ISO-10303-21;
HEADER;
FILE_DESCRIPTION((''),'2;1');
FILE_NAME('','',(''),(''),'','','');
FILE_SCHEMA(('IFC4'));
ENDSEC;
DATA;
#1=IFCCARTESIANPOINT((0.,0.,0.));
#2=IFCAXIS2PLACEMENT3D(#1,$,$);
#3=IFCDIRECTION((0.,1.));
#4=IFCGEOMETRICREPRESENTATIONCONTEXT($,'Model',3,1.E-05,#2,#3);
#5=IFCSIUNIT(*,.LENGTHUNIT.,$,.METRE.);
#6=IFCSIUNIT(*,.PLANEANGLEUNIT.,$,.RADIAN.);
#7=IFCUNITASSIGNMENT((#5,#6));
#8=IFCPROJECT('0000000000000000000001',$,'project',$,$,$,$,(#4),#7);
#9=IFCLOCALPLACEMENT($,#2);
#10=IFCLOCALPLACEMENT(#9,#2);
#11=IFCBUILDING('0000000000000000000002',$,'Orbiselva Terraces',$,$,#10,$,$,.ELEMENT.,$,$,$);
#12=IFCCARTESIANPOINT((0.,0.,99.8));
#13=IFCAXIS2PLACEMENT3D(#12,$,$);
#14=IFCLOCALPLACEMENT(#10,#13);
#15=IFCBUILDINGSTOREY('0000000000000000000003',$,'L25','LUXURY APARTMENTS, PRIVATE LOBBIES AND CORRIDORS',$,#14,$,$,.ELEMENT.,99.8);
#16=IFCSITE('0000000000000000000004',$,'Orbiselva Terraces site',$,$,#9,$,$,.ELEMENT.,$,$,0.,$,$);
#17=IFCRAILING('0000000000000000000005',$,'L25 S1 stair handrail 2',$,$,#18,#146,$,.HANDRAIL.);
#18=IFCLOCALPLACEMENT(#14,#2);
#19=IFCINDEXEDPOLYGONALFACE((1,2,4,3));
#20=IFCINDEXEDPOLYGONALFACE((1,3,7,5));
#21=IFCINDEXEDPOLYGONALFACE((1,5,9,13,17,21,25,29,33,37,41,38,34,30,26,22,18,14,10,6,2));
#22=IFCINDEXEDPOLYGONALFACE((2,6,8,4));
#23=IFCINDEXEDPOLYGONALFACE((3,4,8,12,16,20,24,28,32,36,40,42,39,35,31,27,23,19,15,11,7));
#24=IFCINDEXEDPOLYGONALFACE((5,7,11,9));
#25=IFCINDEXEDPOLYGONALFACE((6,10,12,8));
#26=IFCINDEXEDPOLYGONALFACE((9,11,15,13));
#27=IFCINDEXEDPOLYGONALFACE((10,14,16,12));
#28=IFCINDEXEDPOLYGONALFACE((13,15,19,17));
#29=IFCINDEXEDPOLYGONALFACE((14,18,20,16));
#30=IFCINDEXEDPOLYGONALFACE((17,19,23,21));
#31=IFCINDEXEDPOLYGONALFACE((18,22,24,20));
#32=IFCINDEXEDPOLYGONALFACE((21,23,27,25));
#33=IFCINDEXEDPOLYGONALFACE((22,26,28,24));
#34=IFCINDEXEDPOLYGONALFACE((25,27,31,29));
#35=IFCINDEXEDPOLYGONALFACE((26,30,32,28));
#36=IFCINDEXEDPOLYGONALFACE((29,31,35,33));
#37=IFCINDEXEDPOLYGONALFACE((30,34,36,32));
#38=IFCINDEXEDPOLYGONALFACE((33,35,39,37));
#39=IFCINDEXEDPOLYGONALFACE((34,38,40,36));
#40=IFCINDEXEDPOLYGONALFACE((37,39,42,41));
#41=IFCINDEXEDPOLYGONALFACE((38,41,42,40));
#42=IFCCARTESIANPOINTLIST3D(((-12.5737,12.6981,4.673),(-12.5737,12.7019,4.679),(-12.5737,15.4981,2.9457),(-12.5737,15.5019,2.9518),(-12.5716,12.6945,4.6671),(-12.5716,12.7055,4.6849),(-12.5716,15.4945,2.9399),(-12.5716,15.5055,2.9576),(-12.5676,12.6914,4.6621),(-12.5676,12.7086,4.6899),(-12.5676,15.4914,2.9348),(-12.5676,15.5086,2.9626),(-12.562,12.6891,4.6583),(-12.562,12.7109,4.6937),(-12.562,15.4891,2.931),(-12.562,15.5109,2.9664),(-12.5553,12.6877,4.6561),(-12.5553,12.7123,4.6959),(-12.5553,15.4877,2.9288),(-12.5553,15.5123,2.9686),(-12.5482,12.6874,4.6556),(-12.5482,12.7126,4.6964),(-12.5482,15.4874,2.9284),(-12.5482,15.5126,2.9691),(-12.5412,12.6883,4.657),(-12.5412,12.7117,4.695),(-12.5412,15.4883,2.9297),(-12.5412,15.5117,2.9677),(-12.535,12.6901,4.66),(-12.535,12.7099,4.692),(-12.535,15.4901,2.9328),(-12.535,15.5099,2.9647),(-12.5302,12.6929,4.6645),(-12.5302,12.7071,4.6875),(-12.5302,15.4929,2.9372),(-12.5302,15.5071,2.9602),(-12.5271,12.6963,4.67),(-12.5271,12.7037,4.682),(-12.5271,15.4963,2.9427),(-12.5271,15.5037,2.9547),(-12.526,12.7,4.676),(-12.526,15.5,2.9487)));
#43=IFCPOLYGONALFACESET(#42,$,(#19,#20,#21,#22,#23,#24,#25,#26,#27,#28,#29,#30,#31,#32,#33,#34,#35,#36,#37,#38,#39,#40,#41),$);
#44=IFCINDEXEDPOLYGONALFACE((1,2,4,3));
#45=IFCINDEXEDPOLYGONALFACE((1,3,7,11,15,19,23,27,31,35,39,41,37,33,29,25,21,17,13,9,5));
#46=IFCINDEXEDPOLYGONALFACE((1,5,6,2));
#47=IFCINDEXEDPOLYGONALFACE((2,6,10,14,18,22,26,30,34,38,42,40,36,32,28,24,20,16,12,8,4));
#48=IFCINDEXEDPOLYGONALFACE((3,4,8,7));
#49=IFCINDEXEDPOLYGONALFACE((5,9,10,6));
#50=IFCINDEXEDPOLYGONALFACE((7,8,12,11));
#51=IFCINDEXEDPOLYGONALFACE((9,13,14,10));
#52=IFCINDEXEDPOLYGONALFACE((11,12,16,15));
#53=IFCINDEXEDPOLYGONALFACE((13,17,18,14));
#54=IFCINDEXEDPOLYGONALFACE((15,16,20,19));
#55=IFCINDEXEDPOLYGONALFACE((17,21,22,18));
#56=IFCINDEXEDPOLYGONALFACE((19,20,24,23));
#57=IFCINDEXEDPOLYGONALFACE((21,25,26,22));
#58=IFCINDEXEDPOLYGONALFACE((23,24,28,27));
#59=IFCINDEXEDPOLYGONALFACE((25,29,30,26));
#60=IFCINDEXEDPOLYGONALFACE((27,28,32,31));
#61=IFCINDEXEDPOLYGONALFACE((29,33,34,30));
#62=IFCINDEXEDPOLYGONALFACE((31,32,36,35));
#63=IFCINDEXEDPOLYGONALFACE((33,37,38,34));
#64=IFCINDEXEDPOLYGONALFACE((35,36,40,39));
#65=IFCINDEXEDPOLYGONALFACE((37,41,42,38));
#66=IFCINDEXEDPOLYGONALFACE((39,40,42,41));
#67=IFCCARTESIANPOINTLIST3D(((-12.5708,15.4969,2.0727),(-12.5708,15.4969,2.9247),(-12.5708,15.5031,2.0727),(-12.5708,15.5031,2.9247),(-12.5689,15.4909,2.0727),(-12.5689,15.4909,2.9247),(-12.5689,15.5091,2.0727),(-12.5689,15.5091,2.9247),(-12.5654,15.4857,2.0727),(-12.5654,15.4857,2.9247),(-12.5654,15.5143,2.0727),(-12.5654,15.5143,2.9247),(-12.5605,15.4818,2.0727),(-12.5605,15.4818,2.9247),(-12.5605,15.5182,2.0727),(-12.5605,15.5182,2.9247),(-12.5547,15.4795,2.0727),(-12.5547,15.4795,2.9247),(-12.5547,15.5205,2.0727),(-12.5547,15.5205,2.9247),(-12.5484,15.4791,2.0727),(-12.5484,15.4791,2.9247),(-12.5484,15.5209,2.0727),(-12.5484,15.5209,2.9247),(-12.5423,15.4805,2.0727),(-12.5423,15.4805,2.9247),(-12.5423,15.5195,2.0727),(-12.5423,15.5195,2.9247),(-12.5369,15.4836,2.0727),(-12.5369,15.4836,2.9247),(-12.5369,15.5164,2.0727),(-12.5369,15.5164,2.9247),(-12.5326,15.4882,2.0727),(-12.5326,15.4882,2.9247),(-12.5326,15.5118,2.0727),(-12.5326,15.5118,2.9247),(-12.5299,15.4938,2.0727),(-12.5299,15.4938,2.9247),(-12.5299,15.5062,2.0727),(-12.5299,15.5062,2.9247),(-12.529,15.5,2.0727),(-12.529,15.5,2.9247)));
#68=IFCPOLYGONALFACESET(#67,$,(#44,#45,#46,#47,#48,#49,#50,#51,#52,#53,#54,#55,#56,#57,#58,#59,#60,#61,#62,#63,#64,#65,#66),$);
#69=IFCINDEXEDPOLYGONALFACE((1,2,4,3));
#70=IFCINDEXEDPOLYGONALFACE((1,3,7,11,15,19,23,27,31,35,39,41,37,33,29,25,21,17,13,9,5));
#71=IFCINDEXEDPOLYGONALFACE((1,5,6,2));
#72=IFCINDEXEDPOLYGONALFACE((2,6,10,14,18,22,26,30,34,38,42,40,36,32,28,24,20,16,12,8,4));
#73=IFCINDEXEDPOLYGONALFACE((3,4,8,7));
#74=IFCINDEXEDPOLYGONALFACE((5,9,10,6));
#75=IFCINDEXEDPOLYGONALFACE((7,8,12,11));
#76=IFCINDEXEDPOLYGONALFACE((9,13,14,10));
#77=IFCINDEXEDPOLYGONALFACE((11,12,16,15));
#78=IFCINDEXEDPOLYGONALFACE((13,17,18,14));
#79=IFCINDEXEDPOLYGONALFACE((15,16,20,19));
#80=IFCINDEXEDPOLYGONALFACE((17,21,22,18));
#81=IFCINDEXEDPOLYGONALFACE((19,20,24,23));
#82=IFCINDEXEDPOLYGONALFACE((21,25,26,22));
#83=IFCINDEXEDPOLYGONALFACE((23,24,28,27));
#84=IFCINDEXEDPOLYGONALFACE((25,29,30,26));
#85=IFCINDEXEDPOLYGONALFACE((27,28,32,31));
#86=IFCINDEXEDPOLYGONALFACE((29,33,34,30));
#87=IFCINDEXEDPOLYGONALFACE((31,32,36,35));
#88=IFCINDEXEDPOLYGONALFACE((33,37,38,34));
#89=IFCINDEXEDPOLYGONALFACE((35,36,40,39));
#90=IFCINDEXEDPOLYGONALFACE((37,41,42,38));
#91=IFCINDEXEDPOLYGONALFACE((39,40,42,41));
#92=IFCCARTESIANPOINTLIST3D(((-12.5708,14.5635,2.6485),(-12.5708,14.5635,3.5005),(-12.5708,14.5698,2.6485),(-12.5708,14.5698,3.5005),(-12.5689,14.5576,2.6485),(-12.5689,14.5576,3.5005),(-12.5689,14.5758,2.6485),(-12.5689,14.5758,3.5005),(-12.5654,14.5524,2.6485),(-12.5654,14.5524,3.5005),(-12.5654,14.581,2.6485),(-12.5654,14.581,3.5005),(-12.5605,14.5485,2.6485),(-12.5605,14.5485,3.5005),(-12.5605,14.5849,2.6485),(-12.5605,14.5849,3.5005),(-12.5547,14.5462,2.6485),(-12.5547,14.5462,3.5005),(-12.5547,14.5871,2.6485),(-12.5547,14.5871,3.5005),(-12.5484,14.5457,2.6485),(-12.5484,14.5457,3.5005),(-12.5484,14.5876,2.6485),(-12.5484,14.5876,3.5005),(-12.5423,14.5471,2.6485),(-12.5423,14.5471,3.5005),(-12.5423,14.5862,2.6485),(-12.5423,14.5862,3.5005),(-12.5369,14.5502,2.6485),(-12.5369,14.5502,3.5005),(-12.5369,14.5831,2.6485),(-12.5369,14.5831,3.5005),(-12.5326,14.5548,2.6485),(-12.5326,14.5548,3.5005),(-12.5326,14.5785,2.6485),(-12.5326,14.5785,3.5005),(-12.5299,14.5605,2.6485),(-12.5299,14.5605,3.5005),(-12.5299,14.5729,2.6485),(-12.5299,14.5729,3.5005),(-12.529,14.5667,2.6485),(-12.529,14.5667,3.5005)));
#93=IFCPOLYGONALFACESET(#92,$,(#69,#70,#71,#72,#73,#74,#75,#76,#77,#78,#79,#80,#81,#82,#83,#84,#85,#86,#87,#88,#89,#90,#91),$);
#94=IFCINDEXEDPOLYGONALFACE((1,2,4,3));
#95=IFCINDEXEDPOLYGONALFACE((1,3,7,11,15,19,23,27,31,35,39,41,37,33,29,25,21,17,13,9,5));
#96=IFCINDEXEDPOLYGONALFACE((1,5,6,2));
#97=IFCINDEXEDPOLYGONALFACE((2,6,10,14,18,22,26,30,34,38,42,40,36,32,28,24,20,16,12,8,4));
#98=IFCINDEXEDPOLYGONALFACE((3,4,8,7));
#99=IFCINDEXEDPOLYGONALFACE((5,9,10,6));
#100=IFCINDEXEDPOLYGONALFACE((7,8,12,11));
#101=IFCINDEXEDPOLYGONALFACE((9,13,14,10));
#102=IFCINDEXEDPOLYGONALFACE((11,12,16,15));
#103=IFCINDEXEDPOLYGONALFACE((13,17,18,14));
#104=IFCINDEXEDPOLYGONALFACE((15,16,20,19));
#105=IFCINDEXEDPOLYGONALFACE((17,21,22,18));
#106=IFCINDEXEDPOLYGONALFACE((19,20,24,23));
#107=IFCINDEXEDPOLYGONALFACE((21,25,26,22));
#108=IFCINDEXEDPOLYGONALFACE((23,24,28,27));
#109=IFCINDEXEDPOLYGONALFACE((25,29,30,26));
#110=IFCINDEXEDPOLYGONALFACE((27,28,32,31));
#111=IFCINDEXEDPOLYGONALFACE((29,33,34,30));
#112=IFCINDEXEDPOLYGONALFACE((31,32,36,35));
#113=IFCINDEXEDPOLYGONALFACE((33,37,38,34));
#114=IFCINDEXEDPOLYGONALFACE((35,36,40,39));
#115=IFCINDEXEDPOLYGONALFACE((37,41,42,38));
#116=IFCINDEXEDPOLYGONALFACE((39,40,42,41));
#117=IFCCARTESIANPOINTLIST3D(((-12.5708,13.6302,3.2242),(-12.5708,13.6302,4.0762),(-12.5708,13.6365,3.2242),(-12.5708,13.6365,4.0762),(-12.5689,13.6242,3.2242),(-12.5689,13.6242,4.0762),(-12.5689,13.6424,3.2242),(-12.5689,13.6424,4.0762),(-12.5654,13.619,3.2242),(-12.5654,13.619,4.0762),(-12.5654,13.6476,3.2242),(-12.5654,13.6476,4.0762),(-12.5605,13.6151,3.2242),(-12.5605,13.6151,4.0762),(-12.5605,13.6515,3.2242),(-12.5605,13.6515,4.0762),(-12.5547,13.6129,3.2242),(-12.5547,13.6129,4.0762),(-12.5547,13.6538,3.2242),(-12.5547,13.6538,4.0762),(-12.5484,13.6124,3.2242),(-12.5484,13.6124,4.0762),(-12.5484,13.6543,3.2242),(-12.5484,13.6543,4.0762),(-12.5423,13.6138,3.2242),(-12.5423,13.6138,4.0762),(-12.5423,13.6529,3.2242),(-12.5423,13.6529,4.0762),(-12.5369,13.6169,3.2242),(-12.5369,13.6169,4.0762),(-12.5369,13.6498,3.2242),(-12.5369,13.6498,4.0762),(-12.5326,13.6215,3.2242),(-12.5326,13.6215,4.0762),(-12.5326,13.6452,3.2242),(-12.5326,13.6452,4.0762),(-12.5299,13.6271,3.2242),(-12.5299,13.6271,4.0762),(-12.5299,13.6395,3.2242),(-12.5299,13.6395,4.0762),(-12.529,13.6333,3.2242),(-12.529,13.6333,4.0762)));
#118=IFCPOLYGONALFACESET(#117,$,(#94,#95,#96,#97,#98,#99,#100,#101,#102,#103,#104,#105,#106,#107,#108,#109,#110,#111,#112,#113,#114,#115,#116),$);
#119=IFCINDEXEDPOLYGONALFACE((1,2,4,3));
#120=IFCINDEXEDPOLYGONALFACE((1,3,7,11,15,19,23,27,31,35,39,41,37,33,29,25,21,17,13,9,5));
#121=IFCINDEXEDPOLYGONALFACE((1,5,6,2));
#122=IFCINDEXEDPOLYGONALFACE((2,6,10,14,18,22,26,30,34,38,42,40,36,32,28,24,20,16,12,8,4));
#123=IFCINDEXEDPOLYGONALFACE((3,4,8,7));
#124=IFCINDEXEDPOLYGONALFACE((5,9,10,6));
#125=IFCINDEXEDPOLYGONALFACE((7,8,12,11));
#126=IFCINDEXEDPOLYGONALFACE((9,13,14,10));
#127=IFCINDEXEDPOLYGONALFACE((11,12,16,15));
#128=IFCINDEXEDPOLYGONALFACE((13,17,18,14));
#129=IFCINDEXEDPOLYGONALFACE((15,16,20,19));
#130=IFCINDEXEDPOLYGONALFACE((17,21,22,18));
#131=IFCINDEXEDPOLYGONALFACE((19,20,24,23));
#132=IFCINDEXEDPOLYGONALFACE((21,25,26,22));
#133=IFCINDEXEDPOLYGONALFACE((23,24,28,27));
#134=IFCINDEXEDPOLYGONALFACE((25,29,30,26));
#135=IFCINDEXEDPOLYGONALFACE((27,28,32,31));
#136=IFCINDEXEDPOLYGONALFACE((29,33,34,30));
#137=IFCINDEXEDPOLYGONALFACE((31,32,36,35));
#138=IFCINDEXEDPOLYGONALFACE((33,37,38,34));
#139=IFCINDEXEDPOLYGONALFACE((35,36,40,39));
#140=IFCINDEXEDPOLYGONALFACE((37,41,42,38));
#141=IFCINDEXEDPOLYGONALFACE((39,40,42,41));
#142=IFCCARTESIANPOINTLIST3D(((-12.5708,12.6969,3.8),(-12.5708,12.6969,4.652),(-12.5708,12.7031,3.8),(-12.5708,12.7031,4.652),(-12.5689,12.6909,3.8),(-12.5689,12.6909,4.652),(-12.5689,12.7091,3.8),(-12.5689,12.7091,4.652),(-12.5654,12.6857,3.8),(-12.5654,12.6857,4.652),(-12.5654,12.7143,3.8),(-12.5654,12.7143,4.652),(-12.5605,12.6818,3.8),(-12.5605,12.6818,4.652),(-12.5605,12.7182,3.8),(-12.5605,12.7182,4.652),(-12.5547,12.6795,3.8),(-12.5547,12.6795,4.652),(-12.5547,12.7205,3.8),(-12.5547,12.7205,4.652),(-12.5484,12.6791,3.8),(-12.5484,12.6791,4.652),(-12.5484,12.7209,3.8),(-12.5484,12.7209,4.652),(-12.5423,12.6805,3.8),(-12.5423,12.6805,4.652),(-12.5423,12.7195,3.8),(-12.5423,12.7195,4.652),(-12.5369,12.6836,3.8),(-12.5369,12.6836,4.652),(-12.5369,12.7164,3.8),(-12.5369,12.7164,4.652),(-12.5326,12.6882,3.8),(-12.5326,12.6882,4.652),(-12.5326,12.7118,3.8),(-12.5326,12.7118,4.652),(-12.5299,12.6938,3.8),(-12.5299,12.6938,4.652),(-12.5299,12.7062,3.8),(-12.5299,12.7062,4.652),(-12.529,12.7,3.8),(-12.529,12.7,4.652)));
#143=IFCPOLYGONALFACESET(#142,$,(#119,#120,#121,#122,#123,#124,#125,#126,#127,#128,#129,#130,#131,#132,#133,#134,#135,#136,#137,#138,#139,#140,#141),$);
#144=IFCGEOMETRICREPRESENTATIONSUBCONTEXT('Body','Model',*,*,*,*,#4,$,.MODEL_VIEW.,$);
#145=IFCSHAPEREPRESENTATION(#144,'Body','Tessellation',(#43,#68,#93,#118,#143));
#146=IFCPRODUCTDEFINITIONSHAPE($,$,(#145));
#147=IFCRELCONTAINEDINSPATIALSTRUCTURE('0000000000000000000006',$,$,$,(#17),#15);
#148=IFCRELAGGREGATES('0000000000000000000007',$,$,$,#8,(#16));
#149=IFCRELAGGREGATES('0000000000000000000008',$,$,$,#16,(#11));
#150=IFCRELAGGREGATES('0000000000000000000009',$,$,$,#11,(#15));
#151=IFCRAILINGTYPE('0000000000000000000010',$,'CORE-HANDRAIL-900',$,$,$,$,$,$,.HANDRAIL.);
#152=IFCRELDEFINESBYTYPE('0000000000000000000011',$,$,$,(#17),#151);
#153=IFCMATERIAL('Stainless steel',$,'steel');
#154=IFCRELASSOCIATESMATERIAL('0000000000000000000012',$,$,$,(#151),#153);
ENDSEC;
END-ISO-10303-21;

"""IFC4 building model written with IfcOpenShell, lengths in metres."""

from ifc_helpers import new_model, si_unit, direction, frame, origin, origin_2d, place, context, subcontext, project, spatial, circle, extrude, material, type_object, element, save


model = new_model("IFC4")

# Units and contexts
model_context = context("Model", 3, precision=1e-05, world=origin(), true_north=direction((0.0, 1.0)))
body_context = subcontext(model_context, "Body", "Model", "MODEL_VIEW")
ifc_project = project(units=[si_unit("LENGTHUNIT", "METRE"), si_unit("PLANEANGLEUNIT", "RADIAN")], contexts=[model_context])

# Site, building, storey
site_placement = place(None, origin())
site = spatial("IfcSite", under=ifc_project, at=site_placement, Name="Orbiselva Terraces site", CompositionType="ELEMENT", RefElevation=0.0)
building_placement = place(site_placement, origin())
building = spatial("IfcBuilding", under=site, at=building_placement, Name="Orbiselva Terraces", CompositionType="ELEMENT")
storey_placement = place(building_placement, frame((0.0, 0.0, 99.8)))
storey = spatial("IfcBuildingStorey", under=building, at=storey_placement, Name="L25", Description="LUXURY APARTMENTS, PRIVATE LOBBIES AND CORRIDORS", CompositionType="ELEMENT", Elevation=99.8)

# Railing
ifc_material_1 = material(Name="Stainless steel", Category="steel")
railing_type = type_object("IfcRailingType", Name="CORE-HANDRAIL-900", PredefinedType="HANDRAIL", material=ifc_material_1)
railing_1_placement = place(storey_placement, frame((-12.55, 15.5, 2.0727)))
element("IfcRailing", 1, at=railing_1_placement, inside=storey, type_object=railing_type, Name="L25 S1 stair handrail 2", PredefinedType="HANDRAIL", context=body_context, shape_type="SweptSolid", body=[
    extrude(circle(Radius=0.024, at=origin_2d()), frame((0.0, 0.0, 0.876), z_axis=(0.0, -0.851089, 0.525022), x_axis=(1.0, 0.0, 0.0)), (0.0, 0.0, 1.0), 3.2899),
    extrude(circle(Radius=0.021, at=origin_2d()), origin(), (0.0, 0.0, 1.0), 0.852),
    extrude(circle(Radius=0.021, at=origin_2d()), frame((0.0, -0.9333, 0.5758)), (0.0, 0.0, 1.0), 0.852),
    extrude(circle(Radius=0.021, at=origin_2d()), frame((0.0, -1.8667, 1.1515)), (0.0, 0.0, 1.0), 0.852),
    extrude(circle(Radius=0.021, at=origin_2d()), frame((0.0, -2.8, 1.7273)), (0.0, 0.0, 1.0), 0.852),
])

save(model, "model.ifc")
